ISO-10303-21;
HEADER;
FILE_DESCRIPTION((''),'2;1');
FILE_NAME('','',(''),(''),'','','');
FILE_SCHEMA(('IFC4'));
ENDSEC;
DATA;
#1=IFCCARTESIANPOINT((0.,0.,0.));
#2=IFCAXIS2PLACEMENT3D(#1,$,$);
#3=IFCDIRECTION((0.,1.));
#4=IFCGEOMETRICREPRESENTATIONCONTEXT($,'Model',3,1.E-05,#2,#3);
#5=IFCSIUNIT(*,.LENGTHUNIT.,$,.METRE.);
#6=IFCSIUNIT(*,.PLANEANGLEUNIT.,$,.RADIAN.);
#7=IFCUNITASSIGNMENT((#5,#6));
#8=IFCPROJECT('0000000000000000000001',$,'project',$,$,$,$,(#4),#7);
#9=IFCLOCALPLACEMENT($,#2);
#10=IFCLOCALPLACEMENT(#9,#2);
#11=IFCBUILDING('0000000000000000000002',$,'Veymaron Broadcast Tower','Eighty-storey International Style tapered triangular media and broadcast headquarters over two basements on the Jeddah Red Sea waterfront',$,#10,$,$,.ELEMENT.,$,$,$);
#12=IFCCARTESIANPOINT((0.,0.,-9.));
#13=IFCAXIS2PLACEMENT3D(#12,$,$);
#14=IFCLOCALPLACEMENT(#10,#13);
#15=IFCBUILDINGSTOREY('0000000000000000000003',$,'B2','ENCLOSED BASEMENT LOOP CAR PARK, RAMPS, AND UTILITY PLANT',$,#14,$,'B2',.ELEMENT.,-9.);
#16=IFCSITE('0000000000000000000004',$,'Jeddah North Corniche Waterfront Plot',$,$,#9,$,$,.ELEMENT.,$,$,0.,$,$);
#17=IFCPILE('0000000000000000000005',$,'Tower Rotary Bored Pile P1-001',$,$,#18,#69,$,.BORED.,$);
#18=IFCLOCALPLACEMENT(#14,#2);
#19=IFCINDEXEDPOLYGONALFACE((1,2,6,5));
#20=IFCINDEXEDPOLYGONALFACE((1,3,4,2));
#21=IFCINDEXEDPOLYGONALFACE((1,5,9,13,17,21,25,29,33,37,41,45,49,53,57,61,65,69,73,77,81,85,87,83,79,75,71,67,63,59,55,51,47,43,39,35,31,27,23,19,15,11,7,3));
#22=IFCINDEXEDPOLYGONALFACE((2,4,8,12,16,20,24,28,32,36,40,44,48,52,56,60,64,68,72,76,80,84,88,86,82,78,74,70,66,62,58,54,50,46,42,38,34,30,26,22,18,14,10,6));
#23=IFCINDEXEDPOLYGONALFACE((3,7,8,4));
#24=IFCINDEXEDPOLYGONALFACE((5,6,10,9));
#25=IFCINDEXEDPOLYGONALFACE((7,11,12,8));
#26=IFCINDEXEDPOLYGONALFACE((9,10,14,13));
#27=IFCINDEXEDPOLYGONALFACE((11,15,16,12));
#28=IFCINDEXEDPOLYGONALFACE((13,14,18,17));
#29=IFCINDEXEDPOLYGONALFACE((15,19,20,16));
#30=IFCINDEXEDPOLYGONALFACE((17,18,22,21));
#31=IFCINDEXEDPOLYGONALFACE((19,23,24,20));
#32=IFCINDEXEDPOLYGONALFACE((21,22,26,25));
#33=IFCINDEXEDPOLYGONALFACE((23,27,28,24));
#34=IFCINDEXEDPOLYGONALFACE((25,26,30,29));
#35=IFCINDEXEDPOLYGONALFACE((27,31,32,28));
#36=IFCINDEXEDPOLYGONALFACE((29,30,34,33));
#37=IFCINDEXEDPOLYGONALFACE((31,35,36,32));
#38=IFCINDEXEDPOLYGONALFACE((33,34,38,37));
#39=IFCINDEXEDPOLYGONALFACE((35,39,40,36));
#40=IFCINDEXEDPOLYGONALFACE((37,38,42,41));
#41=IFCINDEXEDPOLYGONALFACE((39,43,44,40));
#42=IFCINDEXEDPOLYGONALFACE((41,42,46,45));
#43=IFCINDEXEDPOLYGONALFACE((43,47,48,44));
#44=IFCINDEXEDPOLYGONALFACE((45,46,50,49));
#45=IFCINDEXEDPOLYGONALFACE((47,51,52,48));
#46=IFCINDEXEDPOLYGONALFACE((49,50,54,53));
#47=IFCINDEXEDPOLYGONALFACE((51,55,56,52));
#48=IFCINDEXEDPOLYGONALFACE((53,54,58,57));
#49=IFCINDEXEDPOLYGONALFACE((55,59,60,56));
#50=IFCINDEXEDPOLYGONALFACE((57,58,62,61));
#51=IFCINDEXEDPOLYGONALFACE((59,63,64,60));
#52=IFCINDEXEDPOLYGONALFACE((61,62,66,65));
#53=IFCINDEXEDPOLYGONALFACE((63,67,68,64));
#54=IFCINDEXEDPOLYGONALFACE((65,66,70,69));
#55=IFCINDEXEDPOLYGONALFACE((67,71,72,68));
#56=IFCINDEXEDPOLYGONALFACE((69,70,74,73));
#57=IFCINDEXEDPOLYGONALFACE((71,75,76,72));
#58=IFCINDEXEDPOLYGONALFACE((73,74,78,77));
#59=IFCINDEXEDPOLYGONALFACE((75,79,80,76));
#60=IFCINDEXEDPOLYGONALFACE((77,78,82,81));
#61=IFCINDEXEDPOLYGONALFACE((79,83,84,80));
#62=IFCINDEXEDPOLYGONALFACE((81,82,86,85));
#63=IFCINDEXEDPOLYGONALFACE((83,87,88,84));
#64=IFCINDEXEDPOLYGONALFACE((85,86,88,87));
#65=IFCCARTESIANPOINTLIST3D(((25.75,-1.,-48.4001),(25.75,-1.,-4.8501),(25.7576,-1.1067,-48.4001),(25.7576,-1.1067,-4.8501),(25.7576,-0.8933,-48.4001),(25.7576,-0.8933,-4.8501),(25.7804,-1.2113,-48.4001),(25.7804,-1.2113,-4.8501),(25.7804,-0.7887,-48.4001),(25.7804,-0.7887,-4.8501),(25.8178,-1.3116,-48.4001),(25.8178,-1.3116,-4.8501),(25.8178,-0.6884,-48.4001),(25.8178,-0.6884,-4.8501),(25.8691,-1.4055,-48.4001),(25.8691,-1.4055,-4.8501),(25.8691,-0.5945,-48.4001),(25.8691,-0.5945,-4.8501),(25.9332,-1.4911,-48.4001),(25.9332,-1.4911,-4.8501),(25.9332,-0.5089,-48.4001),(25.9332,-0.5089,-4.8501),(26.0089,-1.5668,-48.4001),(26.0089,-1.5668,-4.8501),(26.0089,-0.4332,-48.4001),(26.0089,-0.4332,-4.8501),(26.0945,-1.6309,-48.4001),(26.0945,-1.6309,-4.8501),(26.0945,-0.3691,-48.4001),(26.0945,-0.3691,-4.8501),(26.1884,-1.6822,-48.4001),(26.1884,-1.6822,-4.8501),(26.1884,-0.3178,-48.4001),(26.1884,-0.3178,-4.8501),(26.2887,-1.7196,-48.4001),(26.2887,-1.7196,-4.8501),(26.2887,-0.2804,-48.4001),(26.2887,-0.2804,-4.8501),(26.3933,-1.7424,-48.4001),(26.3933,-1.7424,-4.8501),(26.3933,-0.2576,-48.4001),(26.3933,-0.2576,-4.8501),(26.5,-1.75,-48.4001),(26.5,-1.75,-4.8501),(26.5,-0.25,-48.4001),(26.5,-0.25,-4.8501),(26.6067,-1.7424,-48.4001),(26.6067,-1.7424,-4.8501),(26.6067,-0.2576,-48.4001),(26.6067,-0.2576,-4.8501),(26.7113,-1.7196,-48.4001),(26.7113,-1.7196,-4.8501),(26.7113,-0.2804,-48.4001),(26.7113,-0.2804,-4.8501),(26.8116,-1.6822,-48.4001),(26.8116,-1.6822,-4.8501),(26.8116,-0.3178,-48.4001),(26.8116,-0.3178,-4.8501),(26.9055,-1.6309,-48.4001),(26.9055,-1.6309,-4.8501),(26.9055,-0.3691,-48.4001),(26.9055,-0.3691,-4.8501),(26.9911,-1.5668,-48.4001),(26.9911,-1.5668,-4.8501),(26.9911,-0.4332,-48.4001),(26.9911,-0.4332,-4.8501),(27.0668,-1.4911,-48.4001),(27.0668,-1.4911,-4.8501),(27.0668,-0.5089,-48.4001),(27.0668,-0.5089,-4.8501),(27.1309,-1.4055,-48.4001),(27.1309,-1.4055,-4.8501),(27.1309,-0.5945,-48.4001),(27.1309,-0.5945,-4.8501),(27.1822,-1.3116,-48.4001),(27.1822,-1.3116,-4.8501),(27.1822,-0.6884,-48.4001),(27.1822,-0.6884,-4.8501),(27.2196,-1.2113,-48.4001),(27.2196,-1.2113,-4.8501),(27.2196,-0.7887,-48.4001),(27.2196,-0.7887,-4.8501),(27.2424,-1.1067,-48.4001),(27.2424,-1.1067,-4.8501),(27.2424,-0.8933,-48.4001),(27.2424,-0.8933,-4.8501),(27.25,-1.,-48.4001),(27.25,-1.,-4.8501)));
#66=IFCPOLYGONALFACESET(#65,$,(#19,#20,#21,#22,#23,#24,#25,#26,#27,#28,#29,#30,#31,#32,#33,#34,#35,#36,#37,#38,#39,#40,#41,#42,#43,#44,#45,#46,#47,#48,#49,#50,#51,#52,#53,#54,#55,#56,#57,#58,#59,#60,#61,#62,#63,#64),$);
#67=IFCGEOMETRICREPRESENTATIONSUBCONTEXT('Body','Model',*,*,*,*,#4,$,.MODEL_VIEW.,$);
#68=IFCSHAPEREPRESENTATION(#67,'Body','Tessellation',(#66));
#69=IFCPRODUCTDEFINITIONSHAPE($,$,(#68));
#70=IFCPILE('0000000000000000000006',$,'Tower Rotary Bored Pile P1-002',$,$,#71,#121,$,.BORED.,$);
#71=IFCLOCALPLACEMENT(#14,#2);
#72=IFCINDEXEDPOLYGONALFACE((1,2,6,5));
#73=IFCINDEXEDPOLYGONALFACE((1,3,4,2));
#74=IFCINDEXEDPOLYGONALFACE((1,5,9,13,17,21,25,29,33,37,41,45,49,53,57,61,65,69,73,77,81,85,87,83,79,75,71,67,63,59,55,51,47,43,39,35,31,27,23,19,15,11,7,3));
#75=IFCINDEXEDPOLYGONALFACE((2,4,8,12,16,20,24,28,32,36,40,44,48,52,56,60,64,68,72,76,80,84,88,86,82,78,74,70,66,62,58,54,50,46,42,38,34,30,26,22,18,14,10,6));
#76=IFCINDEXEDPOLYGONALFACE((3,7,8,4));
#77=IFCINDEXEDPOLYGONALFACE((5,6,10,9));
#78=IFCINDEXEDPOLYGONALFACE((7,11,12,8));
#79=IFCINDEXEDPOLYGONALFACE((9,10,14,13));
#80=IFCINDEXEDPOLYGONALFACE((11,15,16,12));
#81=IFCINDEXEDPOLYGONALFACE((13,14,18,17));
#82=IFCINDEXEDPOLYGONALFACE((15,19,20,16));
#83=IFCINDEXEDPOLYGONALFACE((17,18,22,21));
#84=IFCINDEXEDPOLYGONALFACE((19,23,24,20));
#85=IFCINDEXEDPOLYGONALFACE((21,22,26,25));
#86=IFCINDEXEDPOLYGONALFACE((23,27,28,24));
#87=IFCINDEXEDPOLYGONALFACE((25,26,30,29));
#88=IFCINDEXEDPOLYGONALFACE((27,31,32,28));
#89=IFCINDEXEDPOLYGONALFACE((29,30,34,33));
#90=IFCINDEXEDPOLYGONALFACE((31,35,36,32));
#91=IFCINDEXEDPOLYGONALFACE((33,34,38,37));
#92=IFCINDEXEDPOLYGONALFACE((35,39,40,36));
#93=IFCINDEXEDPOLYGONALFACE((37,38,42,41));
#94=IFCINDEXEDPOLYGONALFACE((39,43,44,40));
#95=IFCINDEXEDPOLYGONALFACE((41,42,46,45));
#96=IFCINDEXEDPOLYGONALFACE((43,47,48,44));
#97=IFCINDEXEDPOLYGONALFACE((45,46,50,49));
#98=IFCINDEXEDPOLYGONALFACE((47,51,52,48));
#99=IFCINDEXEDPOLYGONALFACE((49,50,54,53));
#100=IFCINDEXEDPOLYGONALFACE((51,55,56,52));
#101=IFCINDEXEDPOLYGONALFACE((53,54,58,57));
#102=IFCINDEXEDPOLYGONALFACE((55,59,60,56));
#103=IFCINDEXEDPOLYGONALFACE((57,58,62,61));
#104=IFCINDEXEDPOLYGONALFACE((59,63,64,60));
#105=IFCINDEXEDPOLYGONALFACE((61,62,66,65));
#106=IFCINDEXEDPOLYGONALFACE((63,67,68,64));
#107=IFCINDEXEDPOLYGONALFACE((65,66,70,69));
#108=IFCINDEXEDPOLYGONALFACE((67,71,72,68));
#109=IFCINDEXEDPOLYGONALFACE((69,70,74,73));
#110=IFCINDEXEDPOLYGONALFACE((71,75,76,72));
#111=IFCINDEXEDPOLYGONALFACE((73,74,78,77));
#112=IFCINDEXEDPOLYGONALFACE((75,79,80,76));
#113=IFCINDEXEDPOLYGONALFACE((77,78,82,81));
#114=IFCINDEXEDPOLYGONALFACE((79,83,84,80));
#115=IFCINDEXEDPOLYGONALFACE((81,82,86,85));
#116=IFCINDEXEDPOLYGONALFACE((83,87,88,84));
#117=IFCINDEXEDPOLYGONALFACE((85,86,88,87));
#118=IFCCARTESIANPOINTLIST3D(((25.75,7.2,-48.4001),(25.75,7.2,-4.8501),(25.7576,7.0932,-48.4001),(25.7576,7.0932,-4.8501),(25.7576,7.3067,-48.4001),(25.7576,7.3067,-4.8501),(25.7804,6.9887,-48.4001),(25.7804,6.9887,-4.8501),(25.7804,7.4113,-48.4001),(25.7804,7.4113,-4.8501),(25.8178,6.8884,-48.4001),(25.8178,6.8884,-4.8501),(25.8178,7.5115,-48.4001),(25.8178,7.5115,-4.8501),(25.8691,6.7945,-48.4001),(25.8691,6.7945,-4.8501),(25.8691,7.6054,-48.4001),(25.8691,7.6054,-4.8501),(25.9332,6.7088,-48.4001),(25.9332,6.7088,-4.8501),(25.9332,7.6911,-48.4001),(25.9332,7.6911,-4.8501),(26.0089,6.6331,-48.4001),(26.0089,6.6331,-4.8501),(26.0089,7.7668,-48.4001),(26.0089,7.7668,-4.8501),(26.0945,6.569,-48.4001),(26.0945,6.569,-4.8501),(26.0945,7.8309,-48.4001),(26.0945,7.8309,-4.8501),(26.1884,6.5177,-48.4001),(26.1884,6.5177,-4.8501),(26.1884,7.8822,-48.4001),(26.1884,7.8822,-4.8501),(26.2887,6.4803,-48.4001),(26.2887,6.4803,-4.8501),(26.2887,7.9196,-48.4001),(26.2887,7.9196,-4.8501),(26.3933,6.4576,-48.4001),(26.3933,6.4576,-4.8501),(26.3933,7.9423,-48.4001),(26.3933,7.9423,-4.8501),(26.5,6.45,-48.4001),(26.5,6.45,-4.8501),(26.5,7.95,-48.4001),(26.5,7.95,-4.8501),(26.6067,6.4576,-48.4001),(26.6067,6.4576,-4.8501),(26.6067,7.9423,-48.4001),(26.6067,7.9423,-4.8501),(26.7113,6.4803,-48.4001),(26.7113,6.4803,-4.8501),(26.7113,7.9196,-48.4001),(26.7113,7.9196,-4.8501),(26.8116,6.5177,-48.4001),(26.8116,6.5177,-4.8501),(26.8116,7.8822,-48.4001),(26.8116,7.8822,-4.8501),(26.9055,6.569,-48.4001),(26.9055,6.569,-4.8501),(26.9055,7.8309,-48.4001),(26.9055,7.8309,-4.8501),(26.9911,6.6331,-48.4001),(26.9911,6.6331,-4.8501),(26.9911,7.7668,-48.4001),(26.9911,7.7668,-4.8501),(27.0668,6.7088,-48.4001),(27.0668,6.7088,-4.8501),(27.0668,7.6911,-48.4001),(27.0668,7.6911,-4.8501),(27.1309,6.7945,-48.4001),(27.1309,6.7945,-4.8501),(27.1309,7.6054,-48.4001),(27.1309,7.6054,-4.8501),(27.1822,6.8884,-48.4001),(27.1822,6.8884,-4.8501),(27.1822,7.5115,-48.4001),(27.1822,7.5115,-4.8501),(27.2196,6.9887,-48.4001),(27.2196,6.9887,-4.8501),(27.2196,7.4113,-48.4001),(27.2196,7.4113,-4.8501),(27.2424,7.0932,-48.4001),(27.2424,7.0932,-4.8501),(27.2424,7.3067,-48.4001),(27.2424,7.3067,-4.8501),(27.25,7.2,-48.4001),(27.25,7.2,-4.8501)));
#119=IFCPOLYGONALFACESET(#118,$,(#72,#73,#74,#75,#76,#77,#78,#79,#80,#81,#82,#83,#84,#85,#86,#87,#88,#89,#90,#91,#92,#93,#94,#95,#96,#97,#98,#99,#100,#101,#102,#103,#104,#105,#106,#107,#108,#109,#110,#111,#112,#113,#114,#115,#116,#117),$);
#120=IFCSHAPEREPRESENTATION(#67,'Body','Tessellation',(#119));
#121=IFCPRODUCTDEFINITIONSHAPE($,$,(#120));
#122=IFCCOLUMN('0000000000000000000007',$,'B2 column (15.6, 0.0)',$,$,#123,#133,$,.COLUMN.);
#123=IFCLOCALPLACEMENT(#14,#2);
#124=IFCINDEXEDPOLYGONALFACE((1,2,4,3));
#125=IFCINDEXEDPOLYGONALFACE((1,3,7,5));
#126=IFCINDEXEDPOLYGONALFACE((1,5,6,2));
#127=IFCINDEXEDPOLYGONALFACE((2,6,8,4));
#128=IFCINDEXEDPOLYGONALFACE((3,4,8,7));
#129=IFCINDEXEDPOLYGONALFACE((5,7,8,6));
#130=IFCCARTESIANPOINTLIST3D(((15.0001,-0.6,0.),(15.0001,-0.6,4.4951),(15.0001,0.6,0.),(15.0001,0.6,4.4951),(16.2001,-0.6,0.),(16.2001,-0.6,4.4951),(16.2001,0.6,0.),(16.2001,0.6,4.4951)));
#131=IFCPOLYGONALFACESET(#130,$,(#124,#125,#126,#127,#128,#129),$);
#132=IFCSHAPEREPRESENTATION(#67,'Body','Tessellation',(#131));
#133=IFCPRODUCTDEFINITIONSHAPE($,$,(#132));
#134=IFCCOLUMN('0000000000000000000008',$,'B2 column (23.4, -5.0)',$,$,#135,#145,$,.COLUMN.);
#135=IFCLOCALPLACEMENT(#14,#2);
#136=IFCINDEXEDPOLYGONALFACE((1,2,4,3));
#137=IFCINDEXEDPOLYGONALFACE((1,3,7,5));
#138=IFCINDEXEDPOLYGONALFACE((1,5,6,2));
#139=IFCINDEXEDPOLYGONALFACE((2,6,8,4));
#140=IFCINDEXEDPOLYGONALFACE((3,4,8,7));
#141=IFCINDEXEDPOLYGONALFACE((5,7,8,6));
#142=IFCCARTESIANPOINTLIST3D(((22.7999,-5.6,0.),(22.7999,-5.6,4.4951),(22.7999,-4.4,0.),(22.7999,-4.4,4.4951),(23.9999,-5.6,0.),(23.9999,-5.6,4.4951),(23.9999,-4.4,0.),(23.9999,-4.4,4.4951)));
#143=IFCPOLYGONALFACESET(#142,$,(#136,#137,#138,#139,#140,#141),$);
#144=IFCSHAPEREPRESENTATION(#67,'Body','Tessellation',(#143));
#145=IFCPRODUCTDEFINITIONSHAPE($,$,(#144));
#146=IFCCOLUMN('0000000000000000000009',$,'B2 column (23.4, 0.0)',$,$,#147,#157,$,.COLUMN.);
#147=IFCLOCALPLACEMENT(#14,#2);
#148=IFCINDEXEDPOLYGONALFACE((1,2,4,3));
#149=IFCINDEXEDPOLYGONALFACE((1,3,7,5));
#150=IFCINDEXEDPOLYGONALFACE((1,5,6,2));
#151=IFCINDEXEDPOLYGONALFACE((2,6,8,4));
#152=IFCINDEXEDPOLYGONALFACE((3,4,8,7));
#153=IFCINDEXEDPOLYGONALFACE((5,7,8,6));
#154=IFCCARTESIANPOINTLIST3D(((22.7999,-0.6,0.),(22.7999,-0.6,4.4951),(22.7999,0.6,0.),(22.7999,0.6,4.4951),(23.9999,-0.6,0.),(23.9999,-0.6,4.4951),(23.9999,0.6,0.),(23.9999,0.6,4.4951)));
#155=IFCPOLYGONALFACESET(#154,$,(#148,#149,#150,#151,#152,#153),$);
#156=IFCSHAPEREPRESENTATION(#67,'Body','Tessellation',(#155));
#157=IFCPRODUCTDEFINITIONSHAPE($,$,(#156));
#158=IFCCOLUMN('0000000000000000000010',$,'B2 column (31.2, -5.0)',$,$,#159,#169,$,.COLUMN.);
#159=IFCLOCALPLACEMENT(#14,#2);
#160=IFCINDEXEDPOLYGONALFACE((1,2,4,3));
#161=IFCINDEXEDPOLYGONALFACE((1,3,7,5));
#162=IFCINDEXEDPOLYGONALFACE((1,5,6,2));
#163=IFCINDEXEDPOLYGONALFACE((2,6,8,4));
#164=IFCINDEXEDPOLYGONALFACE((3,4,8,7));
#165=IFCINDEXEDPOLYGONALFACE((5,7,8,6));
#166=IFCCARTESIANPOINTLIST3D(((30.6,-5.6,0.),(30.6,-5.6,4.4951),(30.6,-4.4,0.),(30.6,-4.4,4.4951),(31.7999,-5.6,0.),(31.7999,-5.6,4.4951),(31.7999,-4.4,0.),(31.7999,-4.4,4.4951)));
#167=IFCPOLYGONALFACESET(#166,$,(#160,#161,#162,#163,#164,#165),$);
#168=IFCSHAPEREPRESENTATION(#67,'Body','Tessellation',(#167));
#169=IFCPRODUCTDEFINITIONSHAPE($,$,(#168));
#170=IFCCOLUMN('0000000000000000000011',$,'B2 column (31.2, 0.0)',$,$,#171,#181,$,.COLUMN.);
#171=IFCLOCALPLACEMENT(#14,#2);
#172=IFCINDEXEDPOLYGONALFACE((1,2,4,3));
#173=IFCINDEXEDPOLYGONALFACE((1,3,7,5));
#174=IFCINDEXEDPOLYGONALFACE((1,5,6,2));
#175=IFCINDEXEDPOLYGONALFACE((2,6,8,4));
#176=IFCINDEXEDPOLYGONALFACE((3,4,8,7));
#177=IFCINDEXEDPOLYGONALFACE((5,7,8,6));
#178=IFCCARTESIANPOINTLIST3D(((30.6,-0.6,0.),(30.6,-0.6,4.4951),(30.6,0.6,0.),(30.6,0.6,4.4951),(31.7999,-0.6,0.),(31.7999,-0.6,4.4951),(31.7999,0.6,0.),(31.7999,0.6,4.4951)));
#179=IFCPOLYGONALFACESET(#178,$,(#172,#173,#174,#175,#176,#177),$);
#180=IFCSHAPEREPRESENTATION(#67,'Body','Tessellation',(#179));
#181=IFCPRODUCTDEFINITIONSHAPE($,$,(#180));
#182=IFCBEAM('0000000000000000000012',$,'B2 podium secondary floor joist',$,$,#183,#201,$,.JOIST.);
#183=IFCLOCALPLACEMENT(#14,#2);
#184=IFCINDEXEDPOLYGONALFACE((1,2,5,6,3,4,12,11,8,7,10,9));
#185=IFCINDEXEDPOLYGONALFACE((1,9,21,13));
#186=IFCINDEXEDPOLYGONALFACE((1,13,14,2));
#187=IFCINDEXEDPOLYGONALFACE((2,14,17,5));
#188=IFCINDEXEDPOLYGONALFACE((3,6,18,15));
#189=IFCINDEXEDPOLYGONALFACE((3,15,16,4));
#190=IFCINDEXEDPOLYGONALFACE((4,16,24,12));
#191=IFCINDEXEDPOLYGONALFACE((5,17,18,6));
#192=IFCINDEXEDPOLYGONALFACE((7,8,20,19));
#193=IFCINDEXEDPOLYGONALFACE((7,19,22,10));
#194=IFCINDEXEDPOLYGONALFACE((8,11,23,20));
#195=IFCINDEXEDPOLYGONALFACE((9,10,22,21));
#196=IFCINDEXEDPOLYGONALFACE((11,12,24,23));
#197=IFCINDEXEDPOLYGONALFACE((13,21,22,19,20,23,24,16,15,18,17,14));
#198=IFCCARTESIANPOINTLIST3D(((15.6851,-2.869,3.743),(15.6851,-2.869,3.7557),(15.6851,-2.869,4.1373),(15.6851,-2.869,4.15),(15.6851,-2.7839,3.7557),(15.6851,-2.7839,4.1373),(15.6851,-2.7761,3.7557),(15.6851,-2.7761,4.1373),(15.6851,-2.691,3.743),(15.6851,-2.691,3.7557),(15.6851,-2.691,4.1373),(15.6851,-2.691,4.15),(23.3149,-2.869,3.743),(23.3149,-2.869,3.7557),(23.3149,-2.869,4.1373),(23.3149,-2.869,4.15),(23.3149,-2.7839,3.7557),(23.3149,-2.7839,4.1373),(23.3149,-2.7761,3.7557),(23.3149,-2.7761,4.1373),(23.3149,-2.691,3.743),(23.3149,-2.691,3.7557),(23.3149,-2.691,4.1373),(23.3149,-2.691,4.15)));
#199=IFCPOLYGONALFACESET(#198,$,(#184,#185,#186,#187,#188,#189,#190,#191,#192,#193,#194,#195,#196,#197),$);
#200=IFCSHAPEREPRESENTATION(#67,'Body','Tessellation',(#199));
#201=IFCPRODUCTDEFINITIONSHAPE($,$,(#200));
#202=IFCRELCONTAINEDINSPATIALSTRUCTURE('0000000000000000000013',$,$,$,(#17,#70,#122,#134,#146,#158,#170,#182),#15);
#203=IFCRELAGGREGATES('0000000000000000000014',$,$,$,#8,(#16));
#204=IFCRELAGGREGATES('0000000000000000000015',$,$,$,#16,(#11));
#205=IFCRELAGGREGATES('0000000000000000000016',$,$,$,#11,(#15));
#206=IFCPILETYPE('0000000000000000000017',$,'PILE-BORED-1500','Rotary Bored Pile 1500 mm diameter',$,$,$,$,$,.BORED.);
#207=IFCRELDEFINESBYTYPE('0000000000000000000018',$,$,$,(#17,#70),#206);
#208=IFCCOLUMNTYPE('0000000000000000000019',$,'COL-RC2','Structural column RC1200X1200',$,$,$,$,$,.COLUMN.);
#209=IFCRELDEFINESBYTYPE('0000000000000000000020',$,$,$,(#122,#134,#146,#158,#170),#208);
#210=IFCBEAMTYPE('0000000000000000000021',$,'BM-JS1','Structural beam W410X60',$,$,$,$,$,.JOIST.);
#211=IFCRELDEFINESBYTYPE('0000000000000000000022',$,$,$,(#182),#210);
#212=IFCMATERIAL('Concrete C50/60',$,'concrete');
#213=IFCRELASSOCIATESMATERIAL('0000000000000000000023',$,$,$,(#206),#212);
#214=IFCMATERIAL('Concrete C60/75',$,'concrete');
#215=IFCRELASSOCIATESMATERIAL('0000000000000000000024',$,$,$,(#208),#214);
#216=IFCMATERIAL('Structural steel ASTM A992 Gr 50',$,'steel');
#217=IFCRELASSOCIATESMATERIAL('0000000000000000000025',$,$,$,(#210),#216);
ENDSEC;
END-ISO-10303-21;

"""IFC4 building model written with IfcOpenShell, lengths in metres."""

from ifc_helpers import new_model, si_unit, direction, frame, origin, origin_2d, place, context, subcontext, project, spatial, rectangle, circle, i_section, extrude, material, material_profile, profile_set, type_object, element, save


model = new_model("IFC4")

# Units and contexts
model_context = context("Model", 3, precision=1e-05, world=origin(), true_north=direction((0.0, 1.0)))
body_context = subcontext(model_context, "Body", "Model", "MODEL_VIEW")
ifc_project = project(units=[si_unit("LENGTHUNIT", "METRE"), si_unit("PLANEANGLEUNIT", "RADIAN")], contexts=[model_context])

# Site, building, storey
site_placement = place(None, origin())
site = spatial("IfcSite", under=ifc_project, at=site_placement, Name="Jeddah North Corniche Waterfront Plot", CompositionType="ELEMENT", RefElevation=0.0)
building_placement = place(site_placement, origin())
building = spatial("IfcBuilding", under=site, at=building_placement, Name="Veymaron Broadcast Tower", Description="Eighty-storey International Style tapered triangular media and broadcast headquarters over two basements on the Jeddah Red Sea waterfront", CompositionType="ELEMENT")
storey_placement = place(building_placement, frame((0.0, 0.0, -9.0)))
storey = spatial("IfcBuildingStorey", under=building, at=storey_placement, Name="B2", Description="ENCLOSED BASEMENT LOOP CAR PARK, RAMPS, AND UTILITY PLANT", LongName="B2", CompositionType="ELEMENT", Elevation=-9.0)

# Piles
ifc_material_1 = material(Name="Concrete C50/60", Category="concrete")
ifc_material_profile_1 = material_profile(ifc_material_1, circle(Radius=0.75, at=origin_2d()), Name="PILE1500")
ifc_profile_set_1 = profile_set([ifc_material_profile_1], Name="Concrete C50/60")
pile_type_1 = type_object("IfcPileType", Name="PILE-BORED-1500", Description="Rotary Bored Pile 1500 mm diameter", PredefinedType="BORED", material=ifc_profile_set_1)
for number, where, z_axis, x_axis, name in (
    (1, (26.5, -1.0, -4.8501), (0.0, 0.0, -1.0), (1.0, 0.0, 0.0), "Tower Rotary Bored Pile P1-001"),
    (2, (26.5, 7.2, -4.8501), (0.0, 0.0, -1.0), (1.0, 0.0, 0.0), "Tower Rotary Bored Pile P1-002"),
):
    element("IfcPile", number, at=place(storey_placement, frame(where, z_axis=z_axis, x_axis=x_axis)), inside=storey, type_object=pile_type_1, Name=name, PredefinedType="BORED", context=body_context, shape_type="SweptSolid", body=[
        extrude(circle(Radius=0.75, at=origin_2d()), origin(), (0.0, 0.0, 1.0), 43.55),
    ])

# Columns
ifc_material_2 = material(Name="Concrete C60/75", Category="concrete")
ifc_material_profile_2 = material_profile(ifc_material_2, rectangle(XDim=1.2, YDim=1.2, at=origin_2d()), Name="RC1200X1200")
ifc_profile_set_2 = profile_set([ifc_material_profile_2], Name="Concrete C60/75")
column_type = type_object("IfcColumnType", Name="COL-RC2", Description="Structural column RC1200X1200", PredefinedType="COLUMN", material=ifc_profile_set_2)
for number, where, z_axis, x_axis, name in (
    (3, (15.6001, 0.0, 0.0), (0.0, 0.0, 1.0), (1.0, 0.0, 0.0), "B2 column (15.6, 0.0)"),
    (4, (23.3999, -5.0, 0.0), (0.0, 0.0, 1.0), (1.0, 0.0, 0.0), "B2 column (23.4, -5.0)"),
    (5, (23.3999, 0.0, 0.0), (0.0, 0.0, 1.0), (1.0, 0.0, 0.0), "B2 column (23.4, 0.0)"),
    (6, (31.2, -5.0, 0.0), (0.0, 0.0, 1.0), (1.0, 0.0, 0.0), "B2 column (31.2, -5.0)"),
    (7, (31.2, 0.0, 0.0), (0.0, 0.0, 1.0), (1.0, 0.0, 0.0), "B2 column (31.2, 0.0)"),
):
    element("IfcColumn", number, at=place(storey_placement, frame(where, z_axis=z_axis, x_axis=x_axis)), inside=storey, type_object=column_type, Name=name, PredefinedType="COLUMN", context=body_context, shape_type="SweptSolid", body=[
        extrude(rectangle(XDim=1.2, YDim=1.2, at=origin_2d()), origin(), (0.0, 0.0, 1.0), 4.4951),
    ])

# Beam
ifc_material_3 = material(Name="Structural steel ASTM A992 Gr 50", Category="steel")
ifc_material_profile_3 = material_profile(ifc_material_3, i_section(OverallWidth=0.178, OverallDepth=0.407, WebThickness=0.0078, FlangeThickness=0.0127, at=origin_2d()), Name="W410X60")
ifc_profile_set_3 = profile_set([ifc_material_profile_3], Name="Structural steel ASTM A992 Gr 50")
beam_type_1 = type_object("IfcBeamType", Name="BM-JS1", Description="Structural beam W410X60", PredefinedType="JOIST", material=ifc_profile_set_3)
for number, where, z_axis, x_axis, name in (
    (8, (15.6851, -2.78, 3.9465), (1.0, 0.0, 0.0), (0.0, 1.0, 0.0), "B2 podium secondary floor joist"),
):
    element("IfcBeam", number, at=place(storey_placement, frame(where, z_axis=z_axis, x_axis=x_axis)), inside=storey, type_object=beam_type_1, Name=name, PredefinedType="JOIST", context=body_context, shape_type="SweptSolid", body=[
        extrude(i_section(OverallWidth=0.178, OverallDepth=0.407, WebThickness=0.0078, FlangeThickness=0.0127, at=origin_2d()), origin(), (0.0, 0.0, 1.0), 7.6299),
    ])

save(model, "model.ifc")
